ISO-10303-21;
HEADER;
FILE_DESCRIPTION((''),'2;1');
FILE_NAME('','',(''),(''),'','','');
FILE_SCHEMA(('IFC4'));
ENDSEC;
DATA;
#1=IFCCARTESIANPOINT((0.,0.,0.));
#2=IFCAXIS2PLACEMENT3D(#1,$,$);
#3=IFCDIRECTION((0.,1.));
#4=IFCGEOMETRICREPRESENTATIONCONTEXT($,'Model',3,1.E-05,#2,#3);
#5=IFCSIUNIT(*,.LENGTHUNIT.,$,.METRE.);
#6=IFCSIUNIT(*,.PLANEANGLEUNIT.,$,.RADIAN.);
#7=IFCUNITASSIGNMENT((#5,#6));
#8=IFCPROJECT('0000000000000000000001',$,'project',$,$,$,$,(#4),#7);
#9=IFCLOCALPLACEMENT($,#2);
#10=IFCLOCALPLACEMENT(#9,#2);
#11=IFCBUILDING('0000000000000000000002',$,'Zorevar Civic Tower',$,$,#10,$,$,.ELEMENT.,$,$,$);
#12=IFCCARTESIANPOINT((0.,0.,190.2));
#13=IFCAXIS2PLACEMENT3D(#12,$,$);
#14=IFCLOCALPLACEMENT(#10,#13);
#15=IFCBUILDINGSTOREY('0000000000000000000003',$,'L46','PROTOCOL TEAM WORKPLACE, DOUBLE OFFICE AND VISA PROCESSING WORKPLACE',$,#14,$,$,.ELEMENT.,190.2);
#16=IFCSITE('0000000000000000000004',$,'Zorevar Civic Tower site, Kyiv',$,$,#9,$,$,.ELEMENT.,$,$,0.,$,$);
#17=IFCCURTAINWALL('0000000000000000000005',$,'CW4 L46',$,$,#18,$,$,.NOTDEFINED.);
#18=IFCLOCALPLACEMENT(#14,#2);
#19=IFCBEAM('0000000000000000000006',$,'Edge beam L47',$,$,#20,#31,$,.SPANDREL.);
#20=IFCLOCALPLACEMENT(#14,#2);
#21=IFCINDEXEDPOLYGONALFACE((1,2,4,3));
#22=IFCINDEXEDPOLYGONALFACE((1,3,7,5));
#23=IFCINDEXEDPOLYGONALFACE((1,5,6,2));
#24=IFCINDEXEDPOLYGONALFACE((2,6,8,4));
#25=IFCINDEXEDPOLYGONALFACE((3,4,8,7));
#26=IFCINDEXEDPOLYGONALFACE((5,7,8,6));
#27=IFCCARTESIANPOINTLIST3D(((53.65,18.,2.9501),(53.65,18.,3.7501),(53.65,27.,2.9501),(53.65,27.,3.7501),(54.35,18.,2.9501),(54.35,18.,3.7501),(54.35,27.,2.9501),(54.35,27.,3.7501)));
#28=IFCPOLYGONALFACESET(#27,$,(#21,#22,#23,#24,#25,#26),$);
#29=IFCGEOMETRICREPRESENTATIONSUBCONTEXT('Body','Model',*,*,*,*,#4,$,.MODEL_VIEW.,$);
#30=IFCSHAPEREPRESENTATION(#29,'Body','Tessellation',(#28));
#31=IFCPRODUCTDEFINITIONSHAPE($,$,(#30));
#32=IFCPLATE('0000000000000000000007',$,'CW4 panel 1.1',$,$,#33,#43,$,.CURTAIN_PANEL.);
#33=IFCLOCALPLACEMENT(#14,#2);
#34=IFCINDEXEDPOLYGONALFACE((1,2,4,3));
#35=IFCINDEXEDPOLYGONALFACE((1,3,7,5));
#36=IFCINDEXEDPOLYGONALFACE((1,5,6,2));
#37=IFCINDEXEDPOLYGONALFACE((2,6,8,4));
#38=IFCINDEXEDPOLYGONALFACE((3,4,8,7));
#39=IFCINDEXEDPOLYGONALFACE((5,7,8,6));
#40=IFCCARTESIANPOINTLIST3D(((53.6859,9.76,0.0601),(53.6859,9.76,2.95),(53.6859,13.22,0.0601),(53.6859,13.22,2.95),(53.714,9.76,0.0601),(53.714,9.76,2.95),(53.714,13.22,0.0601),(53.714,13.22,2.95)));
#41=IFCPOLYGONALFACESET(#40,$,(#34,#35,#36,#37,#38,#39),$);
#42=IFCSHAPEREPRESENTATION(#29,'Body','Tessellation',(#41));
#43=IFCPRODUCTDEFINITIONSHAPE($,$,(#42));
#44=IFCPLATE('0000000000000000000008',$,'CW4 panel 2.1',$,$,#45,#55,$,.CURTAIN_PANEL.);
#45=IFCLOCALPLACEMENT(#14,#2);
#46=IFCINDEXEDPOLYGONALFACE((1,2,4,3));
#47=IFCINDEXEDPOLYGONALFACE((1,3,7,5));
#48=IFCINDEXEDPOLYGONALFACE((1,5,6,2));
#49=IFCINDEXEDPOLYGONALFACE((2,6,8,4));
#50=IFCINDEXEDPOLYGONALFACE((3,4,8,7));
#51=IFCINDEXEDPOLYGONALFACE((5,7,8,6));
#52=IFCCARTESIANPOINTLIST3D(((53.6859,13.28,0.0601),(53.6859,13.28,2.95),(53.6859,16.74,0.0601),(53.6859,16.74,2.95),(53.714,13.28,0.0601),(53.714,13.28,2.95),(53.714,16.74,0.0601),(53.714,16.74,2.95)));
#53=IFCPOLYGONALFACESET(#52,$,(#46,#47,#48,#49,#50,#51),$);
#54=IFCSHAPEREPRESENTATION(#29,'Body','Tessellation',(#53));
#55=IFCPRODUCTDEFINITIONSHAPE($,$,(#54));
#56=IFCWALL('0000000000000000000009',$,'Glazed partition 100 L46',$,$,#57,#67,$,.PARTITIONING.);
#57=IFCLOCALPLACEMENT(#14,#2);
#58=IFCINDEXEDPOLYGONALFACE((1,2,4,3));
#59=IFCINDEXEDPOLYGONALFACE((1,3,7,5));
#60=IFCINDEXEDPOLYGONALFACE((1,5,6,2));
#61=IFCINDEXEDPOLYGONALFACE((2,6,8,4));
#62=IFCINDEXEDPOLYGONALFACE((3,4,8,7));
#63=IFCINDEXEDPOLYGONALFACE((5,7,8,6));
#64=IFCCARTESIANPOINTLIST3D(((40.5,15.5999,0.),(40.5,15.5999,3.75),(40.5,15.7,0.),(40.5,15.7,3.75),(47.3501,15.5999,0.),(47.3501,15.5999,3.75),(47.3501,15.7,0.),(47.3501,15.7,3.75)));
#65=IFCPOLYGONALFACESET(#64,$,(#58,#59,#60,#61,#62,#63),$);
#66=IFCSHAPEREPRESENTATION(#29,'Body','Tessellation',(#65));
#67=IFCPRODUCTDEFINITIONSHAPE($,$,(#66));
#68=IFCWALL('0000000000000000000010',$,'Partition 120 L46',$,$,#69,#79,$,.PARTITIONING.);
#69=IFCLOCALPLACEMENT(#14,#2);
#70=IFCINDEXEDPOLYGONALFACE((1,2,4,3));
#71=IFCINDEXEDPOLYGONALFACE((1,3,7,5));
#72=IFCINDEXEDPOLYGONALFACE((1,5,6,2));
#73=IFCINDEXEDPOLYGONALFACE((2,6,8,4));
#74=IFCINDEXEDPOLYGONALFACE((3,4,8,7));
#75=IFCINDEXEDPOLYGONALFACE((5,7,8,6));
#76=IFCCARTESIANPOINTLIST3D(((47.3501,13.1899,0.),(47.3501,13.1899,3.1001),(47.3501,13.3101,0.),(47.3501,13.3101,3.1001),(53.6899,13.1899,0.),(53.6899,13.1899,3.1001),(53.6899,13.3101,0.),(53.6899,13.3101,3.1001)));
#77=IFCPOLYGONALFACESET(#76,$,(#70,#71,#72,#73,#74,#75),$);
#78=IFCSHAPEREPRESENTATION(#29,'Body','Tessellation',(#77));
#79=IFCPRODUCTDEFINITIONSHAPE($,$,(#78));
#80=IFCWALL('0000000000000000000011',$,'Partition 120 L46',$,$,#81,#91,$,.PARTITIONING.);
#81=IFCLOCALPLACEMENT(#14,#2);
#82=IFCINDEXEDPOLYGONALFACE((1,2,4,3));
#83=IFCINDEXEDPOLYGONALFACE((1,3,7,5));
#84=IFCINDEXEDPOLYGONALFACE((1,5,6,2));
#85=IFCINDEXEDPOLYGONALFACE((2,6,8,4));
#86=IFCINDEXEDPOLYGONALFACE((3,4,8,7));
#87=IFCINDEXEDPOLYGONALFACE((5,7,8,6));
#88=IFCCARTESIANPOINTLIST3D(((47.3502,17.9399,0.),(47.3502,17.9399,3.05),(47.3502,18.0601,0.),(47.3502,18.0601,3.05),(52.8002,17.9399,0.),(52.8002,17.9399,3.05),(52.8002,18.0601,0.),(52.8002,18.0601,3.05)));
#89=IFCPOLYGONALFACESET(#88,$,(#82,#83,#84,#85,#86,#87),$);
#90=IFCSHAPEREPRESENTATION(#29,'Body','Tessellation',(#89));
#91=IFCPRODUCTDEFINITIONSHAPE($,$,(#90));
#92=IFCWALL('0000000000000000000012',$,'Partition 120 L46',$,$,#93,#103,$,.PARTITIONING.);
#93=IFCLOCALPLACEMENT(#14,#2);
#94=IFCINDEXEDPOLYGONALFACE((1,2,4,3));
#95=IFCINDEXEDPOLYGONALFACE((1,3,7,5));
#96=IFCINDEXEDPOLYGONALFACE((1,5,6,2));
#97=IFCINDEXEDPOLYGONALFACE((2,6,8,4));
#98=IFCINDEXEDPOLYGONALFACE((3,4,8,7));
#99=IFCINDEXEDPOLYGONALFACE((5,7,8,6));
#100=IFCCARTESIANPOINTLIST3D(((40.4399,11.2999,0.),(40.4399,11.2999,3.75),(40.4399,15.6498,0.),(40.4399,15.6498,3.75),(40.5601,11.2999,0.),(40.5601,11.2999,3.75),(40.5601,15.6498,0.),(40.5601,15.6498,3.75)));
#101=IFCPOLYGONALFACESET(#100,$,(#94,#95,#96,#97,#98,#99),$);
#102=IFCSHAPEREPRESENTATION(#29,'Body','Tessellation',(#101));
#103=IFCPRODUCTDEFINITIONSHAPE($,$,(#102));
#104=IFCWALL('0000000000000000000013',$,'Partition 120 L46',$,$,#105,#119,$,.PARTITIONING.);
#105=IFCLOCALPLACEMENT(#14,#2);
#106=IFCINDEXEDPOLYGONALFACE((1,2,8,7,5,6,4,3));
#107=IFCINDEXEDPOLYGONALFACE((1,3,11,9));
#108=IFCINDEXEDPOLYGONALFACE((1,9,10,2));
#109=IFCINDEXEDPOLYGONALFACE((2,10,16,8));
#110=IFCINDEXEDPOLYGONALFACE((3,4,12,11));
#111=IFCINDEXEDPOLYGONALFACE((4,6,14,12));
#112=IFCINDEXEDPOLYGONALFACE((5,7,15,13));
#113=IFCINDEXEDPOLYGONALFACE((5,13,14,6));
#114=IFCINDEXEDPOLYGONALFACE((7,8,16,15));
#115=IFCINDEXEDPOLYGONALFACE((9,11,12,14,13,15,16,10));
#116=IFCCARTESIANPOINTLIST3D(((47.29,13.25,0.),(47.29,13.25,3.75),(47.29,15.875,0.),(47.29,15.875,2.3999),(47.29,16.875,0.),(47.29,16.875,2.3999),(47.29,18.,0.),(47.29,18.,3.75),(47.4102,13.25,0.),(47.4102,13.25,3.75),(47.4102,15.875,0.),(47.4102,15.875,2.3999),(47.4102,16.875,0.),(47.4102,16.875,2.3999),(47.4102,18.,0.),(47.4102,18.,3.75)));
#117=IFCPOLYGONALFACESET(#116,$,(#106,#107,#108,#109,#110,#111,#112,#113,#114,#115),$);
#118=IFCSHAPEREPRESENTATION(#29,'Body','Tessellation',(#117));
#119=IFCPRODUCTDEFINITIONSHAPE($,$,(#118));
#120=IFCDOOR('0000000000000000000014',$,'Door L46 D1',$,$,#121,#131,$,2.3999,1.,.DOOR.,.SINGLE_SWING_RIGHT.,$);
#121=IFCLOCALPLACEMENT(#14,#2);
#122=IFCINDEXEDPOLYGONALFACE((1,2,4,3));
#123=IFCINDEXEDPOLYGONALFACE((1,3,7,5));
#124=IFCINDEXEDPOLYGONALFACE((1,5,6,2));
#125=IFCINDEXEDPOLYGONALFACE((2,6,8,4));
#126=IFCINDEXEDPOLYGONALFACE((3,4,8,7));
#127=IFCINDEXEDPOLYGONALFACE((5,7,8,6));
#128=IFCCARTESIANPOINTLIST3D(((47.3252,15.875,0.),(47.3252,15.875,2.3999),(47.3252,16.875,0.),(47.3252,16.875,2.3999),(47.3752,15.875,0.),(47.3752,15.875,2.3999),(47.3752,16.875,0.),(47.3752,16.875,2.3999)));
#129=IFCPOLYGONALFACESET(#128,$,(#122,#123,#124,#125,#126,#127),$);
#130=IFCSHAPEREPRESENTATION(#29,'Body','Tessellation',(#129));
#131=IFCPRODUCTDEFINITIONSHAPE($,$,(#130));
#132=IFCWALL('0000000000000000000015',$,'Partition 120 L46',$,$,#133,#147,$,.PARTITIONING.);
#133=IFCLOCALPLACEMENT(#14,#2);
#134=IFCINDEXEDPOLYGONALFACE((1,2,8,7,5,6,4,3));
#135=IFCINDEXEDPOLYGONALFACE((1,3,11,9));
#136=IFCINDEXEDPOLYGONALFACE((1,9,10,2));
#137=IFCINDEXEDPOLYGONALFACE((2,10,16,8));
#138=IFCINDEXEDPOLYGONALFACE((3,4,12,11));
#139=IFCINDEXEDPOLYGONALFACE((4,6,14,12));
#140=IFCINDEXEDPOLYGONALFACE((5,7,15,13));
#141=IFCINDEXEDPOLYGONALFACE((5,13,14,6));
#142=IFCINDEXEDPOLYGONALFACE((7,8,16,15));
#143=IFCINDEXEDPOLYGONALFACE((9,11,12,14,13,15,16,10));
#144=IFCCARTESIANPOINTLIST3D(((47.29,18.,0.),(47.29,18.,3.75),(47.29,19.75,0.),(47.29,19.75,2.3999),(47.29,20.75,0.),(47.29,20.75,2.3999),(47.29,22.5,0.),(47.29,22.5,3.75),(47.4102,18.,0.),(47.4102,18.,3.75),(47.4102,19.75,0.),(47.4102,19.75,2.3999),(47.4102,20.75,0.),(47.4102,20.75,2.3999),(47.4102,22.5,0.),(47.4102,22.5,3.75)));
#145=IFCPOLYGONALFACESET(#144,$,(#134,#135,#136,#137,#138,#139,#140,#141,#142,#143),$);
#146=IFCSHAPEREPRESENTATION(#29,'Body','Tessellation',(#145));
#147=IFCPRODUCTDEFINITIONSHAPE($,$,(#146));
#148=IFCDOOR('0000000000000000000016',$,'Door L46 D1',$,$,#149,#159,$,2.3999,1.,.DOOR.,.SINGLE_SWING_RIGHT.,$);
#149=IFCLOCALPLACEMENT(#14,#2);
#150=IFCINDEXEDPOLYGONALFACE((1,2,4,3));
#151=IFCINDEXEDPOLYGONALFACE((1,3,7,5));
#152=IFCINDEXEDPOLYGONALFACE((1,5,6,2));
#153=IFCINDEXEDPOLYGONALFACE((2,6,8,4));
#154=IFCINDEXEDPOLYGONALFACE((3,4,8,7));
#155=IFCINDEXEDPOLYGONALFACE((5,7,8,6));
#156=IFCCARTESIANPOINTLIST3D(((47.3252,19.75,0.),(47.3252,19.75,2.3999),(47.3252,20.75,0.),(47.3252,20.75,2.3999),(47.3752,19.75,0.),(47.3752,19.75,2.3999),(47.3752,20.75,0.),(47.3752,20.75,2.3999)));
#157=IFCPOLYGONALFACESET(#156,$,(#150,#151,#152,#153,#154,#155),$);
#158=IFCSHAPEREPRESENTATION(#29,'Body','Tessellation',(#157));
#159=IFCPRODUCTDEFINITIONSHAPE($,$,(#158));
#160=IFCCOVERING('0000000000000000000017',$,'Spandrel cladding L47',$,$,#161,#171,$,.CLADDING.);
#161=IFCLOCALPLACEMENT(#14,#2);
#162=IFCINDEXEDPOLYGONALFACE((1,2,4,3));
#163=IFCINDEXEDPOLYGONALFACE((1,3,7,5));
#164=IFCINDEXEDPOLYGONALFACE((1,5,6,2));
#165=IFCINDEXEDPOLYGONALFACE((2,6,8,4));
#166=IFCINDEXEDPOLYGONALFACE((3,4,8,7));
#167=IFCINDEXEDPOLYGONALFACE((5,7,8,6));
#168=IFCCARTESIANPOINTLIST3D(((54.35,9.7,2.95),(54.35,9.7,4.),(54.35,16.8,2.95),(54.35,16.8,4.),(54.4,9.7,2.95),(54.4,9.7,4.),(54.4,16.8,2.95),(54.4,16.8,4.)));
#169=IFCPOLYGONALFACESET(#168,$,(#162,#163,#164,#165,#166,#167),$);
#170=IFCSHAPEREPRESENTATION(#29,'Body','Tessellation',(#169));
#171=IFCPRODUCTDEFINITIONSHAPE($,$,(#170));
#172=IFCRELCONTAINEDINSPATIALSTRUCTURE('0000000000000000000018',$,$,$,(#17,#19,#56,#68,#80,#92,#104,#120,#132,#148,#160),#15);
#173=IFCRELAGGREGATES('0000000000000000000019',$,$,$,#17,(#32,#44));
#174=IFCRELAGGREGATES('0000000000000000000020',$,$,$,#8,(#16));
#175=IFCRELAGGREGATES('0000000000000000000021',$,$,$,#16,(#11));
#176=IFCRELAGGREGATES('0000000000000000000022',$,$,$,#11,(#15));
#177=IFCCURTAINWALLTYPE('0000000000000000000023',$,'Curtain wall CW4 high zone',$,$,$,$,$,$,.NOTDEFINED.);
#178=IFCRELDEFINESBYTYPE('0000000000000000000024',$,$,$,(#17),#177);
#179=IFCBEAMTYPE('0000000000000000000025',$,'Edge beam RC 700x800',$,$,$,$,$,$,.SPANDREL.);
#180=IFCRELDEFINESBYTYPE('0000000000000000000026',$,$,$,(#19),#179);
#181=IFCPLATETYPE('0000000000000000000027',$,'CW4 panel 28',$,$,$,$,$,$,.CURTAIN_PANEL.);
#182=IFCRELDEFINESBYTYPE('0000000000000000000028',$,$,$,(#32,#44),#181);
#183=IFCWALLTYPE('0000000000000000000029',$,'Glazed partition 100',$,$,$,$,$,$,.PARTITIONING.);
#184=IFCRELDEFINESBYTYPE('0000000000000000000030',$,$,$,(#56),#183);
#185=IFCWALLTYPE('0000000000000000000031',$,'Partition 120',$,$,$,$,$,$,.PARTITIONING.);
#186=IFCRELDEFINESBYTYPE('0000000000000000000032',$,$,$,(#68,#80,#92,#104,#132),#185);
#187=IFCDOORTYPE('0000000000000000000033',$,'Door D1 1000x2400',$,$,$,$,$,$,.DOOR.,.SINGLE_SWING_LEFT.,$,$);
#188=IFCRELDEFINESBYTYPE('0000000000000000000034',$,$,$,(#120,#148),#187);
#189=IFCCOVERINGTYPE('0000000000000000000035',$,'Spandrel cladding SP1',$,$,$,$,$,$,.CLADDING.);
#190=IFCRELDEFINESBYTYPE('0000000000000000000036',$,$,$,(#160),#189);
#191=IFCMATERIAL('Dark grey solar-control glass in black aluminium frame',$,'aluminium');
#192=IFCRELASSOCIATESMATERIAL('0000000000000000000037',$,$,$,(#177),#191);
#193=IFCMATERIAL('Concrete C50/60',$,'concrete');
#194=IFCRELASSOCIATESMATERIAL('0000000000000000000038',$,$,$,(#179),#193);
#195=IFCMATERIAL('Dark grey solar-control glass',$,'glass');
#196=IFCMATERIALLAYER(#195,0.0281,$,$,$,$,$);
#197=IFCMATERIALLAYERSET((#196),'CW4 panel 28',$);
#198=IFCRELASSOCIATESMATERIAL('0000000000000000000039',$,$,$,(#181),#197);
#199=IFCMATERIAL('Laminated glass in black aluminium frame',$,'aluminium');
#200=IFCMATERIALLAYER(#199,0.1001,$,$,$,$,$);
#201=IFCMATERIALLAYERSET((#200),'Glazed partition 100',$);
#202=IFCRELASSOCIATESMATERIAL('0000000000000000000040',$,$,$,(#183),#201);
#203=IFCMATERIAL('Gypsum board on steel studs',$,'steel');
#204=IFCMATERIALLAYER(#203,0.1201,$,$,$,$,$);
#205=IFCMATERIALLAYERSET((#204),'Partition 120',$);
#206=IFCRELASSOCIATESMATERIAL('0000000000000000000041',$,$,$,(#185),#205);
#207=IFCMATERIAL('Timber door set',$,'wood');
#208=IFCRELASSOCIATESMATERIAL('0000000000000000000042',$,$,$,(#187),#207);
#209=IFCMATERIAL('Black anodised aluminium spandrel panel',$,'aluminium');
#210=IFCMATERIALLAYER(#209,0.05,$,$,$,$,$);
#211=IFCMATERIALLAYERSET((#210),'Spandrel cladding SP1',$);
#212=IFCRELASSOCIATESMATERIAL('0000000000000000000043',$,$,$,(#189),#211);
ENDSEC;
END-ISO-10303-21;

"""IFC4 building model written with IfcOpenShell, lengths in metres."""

from ifc_helpers import new_model, si_unit, direction, frame, frame_2d, origin, origin_2d, place, context, subcontext, project, spatial, rectangle, extrude, material, layer, layer_set, material_profile, profile_set, type_object, element, fill, aggregate, save


model = new_model("IFC4")

# Units and contexts
model_context = context("Model", 3, precision=1e-05, world=origin(), true_north=direction((0.0, 1.0)))
body_context = subcontext(model_context, "Body", "Model", "MODEL_VIEW")
ifc_project = project(units=[si_unit("LENGTHUNIT", "METRE"), si_unit("PLANEANGLEUNIT", "RADIAN")], contexts=[model_context])

# Site, building, storey
site_placement = place(None, origin())
site = spatial("IfcSite", under=ifc_project, at=site_placement, Name="Zorevar Civic Tower site, Kyiv", CompositionType="ELEMENT", RefElevation=0.0)
building_placement = place(site_placement, origin())
building = spatial("IfcBuilding", under=site, at=building_placement, Name="Zorevar Civic Tower", CompositionType="ELEMENT")
storey_placement = place(building_placement, frame((0.0, 0.0, 190.2)))
storey = spatial("IfcBuildingStorey", under=building, at=storey_placement, Name="L46", Description="PROTOCOL TEAM WORKPLACE, DOUBLE OFFICE AND VISA PROCESSING WORKPLACE", CompositionType="ELEMENT", Elevation=190.2)

# Curtain wall
ifc_material_1 = material(Name="Dark grey solar-control glass in black aluminium frame", Category="aluminium")
curtain_wall_type = type_object("IfcCurtainWallType", Name="Curtain wall CW4 high zone", PredefinedType="NOTDEFINED", material=ifc_material_1)
curtain_wall_1_placement = place(storey_placement, origin())
curtain_wall_1 = element("IfcCurtainWall", 1, at=curtain_wall_1_placement, inside=storey, type_object=curtain_wall_type, Name="CW4 L46", PredefinedType="NOTDEFINED")

# Beam
ifc_material_2 = material(Name="Concrete C50/60", Category="concrete")
ifc_material_profile_1 = material_profile(ifc_material_2, rectangle(XDim=0.7, YDim=0.8, at=origin_2d()), Name="RC 700x800")
ifc_profile_set_1 = profile_set([ifc_material_profile_1], Name="Concrete C50/60")
beam_type_1 = type_object("IfcBeamType", Name="Edge beam RC 700x800", PredefinedType="SPANDREL", material=ifc_profile_set_1)
for number, where, z_axis, x_axis, name in (
    (2, (54.0, 18.0, 3.3501), (0.0, 1.0, 0.0), (-1.0, 0.0, 0.0), "Edge beam L47"),
):
    element("IfcBeam", number, at=place(storey_placement, frame(where, z_axis=z_axis, x_axis=x_axis)), inside=storey, type_object=beam_type_1, Name=name, PredefinedType="SPANDREL", context=body_context, shape_type="SweptSolid", body=[
        extrude(rectangle(XDim=0.7, YDim=0.8, at=origin_2d()), origin(), (0.0, 0.0, 1.0), 9.0),
    ])

# Plates
ifc_material_3 = material(Name="Dark grey solar-control glass", Category="glass")
ifc_layer_1 = layer(ifc_material_3, 0.0281)
ifc_layer_set_1 = layer_set([ifc_layer_1], Name="CW4 panel 28")
plate_type = type_object("IfcPlateType", Name="CW4 panel 28", PredefinedType="CURTAIN_PANEL", material=ifc_layer_set_1)
plate_1_placement = place(storey_placement, frame((53.7, 11.49, 0.0601), z_axis=(0.0, 0.0, 1.0), x_axis=(0.0, 1.0, 0.0)))
plate_1 = element("IfcPlate", 3, at=plate_1_placement, type_object=plate_type, Name="CW4 panel 1.1", PredefinedType="CURTAIN_PANEL", context=body_context, shape_type="SweptSolid", body=[
    extrude(rectangle(XDim=3.46, YDim=0.0281, at=origin_2d()), origin(), (0.0, 0.0, 1.0), 2.8899),
])
plate_2_placement = place(storey_placement, frame((53.7, 15.01, 0.0601), z_axis=(0.0, 0.0, 1.0), x_axis=(0.0, 1.0, 0.0)))
plate_2 = element("IfcPlate", 4, at=plate_2_placement, type_object=plate_type, Name="CW4 panel 2.1", PredefinedType="CURTAIN_PANEL", context=body_context, shape_type="SweptSolid", body=[
    extrude(rectangle(XDim=3.46, YDim=0.0281, at=origin_2d()), origin(), (0.0, 0.0, 1.0), 2.8899),
])
aggregate(curtain_wall_1, [plate_1, plate_2])

# Walls
ifc_material_4 = material(Name="Laminated glass in black aluminium frame", Category="aluminium")
ifc_layer_2 = layer(ifc_material_4, 0.1001)
ifc_layer_set_2 = layer_set([ifc_layer_2], Name="Glazed partition 100")
wall_type_1 = type_object("IfcWallType", Name="Glazed partition 100", PredefinedType="PARTITIONING", material=ifc_layer_set_2)
wall_1_placement = place(storey_placement, frame((40.5, 15.6499, 0.0), z_axis=(0.0, 0.0, 1.0), x_axis=(1.0, 0.0, 0.0)))
element("IfcWall", 5, at=wall_1_placement, inside=storey, type_object=wall_type_1, Name="Glazed partition 100 L46", PredefinedType="PARTITIONING", context=body_context, shape_type="SweptSolid", body=[
    extrude(rectangle(XDim=6.8501, YDim=0.1001, at=frame_2d((3.425, 0.0))), origin(), (0.0, 0.0, 1.0), 3.75),
])
ifc_material_5 = material(Name="Gypsum board on steel studs", Category="steel")
ifc_layer_3 = layer(ifc_material_5, 0.1201)
ifc_layer_set_3 = layer_set([ifc_layer_3], Name="Partition 120")
wall_type_2 = type_object("IfcWallType", Name="Partition 120", PredefinedType="PARTITIONING", material=ifc_layer_set_3)
wall_2_placement = place(storey_placement, frame((47.3501, 13.25, 0.0), z_axis=(0.0, 0.0, 1.0), x_axis=(1.0, 0.0, 0.0)))
element("IfcWall", 6, at=wall_2_placement, inside=storey, type_object=wall_type_2, Name="Partition 120 L46", PredefinedType="PARTITIONING", context=body_context, shape_type="SweptSolid", body=[
    extrude(rectangle(XDim=6.3398, YDim=0.1201, at=frame_2d((3.1699, 0.0))), origin(), (0.0, 0.0, 1.0), 3.1001),
])
wall_3_placement = place(storey_placement, frame((47.3501, 18.0, 0.0), z_axis=(0.0, 0.0, 1.0), x_axis=(1.0, 0.0, 0.0)))
element("IfcWall", 7, at=wall_3_placement, inside=storey, type_object=wall_type_2, Name="Partition 120 L46", PredefinedType="PARTITIONING", context=body_context, shape_type="SweptSolid", body=[
    extrude(rectangle(XDim=5.45, YDim=0.1201, at=frame_2d((2.7251, 0.0))), origin(), (0.0, 0.0, 1.0), 3.05),
])
wall_4_placement = place(storey_placement, frame((40.5, 11.3, 0.0), z_axis=(0.0, 0.0, 1.0), x_axis=(0.0, 1.0, 0.0)))
element("IfcWall", 8, at=wall_4_placement, inside=storey, type_object=wall_type_2, Name="Partition 120 L46", PredefinedType="PARTITIONING", context=body_context, shape_type="SweptSolid", body=[
    extrude(rectangle(XDim=4.3499, YDim=0.1201, at=frame_2d((2.1748, 0.0))), origin(), (0.0, 0.0, 1.0), 3.75),
])

# Walls, openings, doors
wall_5_placement = place(storey_placement, frame((47.3501, 13.25, 0.0), z_axis=(0.0, 0.0, 1.0), x_axis=(0.0, 1.0, 0.0)))
wall_5 = element("IfcWall", 9, at=wall_5_placement, inside=storey, type_object=wall_type_2, Name="Partition 120 L46", PredefinedType="PARTITIONING", context=body_context, shape_type="SweptSolid", body=[
    extrude(rectangle(XDim=4.75, YDim=0.1201, at=frame_2d((2.375, 0.0))), origin(), (0.0, 0.0, 1.0), 3.75),
])
opening_1_placement = place(wall_5_placement, frame((2.625, 0.0, 0.0)))
opening_1 = element("IfcOpeningElement", 10, at=opening_1_placement, cuts=wall_5, PredefinedType="OPENING", context=body_context, shape_type="SweptSolid", body=[
    extrude(rectangle(XDim=1.0, YDim=2.3999, at=frame_2d((0.5, 1.2))), frame((0.0, 0.0701, 0.0), z_axis=(0.0, -1.0, 0.0), x_axis=(1.0, 0.0, 0.0)), (0.0, 0.0, 1.0), 0.1401),
])
ifc_material_6 = material(Name="Timber door set", Category="wood")
door_type_1 = type_object("IfcDoorType", Name="Door D1 1000x2400", OperationType="SINGLE_SWING_LEFT", PredefinedType="DOOR", material=ifc_material_6)
door_1_placement = place(opening_1_placement, origin())
door_1 = element("IfcDoor", 11, at=door_1_placement, inside=storey, type_object=door_type_1, Name="Door L46 D1", OperationType="SINGLE_SWING_RIGHT", OverallHeight=2.3999, OverallWidth=1.0, PredefinedType="DOOR", context=body_context, shape_type="SweptSolid", body=[
    extrude(rectangle(XDim=1.0, YDim=2.3999, at=frame_2d((0.5, 1.2))), frame((0.0, 0.0249, 0.0), z_axis=(0.0, -1.0, 0.0), x_axis=(1.0, 0.0, 0.0)), (0.0, 0.0, 1.0), 0.05),
])
fill(opening_1, door_1)
wall_6_placement = place(storey_placement, frame((47.3501, 18.0, 0.0), z_axis=(0.0, 0.0, 1.0), x_axis=(0.0, 1.0, 0.0)))
wall_6 = element("IfcWall", 12, at=wall_6_placement, inside=storey, type_object=wall_type_2, Name="Partition 120 L46", PredefinedType="PARTITIONING", context=body_context, shape_type="SweptSolid", body=[
    extrude(rectangle(XDim=4.5, YDim=0.1201, at=frame_2d((2.25, 0.0))), origin(), (0.0, 0.0, 1.0), 3.75),
])
opening_2_placement = place(wall_6_placement, frame((1.75, 0.0, 0.0)))
opening_2 = element("IfcOpeningElement", 13, at=opening_2_placement, cuts=wall_6, PredefinedType="OPENING", context=body_context, shape_type="SweptSolid", body=[
    extrude(rectangle(XDim=1.0, YDim=2.3999, at=frame_2d((0.5, 1.2))), frame((0.0, 0.0701, 0.0), z_axis=(0.0, -1.0, 0.0), x_axis=(1.0, 0.0, 0.0)), (0.0, 0.0, 1.0), 0.1401),
])
door_2_placement = place(opening_2_placement, origin())
door_2 = element("IfcDoor", 14, at=door_2_placement, inside=storey, type_object=door_type_1, Name="Door L46 D1", OperationType="SINGLE_SWING_RIGHT", OverallHeight=2.3999, OverallWidth=1.0, PredefinedType="DOOR", context=body_context, shape_type="SweptSolid", body=[
    extrude(rectangle(XDim=1.0, YDim=2.3999, at=frame_2d((0.5, 1.2))), frame((0.0, 0.0249, 0.0), z_axis=(0.0, -1.0, 0.0), x_axis=(1.0, 0.0, 0.0)), (0.0, 0.0, 1.0), 0.05),
])
fill(opening_2, door_2)

# Covering
ifc_material_7 = material(Name="Black anodised aluminium spandrel panel", Category="aluminium")
ifc_layer_4 = layer(ifc_material_7, 0.05)
ifc_layer_set_4 = layer_set([ifc_layer_4], Name="Spandrel cladding SP1")
covering_type = type_object("IfcCoveringType", Name="Spandrel cladding SP1", PredefinedType="CLADDING", material=ifc_layer_set_4)
covering_1_placement = place(storey_placement, frame((54.375, 9.7, 2.95), z_axis=(0.0, 0.0, 1.0), x_axis=(0.0, 1.0, 0.0)))
element("IfcCovering", 15, at=covering_1_placement, inside=storey, type_object=covering_type, Name="Spandrel cladding L47", PredefinedType="CLADDING", context=body_context, shape_type="SweptSolid", body=[
    extrude(rectangle(XDim=7.1001, YDim=0.05, at=frame_2d((3.55, 0.0))), origin(), (0.0, 0.0, 1.0), 1.05),
])

save(model, "model.ifc")
